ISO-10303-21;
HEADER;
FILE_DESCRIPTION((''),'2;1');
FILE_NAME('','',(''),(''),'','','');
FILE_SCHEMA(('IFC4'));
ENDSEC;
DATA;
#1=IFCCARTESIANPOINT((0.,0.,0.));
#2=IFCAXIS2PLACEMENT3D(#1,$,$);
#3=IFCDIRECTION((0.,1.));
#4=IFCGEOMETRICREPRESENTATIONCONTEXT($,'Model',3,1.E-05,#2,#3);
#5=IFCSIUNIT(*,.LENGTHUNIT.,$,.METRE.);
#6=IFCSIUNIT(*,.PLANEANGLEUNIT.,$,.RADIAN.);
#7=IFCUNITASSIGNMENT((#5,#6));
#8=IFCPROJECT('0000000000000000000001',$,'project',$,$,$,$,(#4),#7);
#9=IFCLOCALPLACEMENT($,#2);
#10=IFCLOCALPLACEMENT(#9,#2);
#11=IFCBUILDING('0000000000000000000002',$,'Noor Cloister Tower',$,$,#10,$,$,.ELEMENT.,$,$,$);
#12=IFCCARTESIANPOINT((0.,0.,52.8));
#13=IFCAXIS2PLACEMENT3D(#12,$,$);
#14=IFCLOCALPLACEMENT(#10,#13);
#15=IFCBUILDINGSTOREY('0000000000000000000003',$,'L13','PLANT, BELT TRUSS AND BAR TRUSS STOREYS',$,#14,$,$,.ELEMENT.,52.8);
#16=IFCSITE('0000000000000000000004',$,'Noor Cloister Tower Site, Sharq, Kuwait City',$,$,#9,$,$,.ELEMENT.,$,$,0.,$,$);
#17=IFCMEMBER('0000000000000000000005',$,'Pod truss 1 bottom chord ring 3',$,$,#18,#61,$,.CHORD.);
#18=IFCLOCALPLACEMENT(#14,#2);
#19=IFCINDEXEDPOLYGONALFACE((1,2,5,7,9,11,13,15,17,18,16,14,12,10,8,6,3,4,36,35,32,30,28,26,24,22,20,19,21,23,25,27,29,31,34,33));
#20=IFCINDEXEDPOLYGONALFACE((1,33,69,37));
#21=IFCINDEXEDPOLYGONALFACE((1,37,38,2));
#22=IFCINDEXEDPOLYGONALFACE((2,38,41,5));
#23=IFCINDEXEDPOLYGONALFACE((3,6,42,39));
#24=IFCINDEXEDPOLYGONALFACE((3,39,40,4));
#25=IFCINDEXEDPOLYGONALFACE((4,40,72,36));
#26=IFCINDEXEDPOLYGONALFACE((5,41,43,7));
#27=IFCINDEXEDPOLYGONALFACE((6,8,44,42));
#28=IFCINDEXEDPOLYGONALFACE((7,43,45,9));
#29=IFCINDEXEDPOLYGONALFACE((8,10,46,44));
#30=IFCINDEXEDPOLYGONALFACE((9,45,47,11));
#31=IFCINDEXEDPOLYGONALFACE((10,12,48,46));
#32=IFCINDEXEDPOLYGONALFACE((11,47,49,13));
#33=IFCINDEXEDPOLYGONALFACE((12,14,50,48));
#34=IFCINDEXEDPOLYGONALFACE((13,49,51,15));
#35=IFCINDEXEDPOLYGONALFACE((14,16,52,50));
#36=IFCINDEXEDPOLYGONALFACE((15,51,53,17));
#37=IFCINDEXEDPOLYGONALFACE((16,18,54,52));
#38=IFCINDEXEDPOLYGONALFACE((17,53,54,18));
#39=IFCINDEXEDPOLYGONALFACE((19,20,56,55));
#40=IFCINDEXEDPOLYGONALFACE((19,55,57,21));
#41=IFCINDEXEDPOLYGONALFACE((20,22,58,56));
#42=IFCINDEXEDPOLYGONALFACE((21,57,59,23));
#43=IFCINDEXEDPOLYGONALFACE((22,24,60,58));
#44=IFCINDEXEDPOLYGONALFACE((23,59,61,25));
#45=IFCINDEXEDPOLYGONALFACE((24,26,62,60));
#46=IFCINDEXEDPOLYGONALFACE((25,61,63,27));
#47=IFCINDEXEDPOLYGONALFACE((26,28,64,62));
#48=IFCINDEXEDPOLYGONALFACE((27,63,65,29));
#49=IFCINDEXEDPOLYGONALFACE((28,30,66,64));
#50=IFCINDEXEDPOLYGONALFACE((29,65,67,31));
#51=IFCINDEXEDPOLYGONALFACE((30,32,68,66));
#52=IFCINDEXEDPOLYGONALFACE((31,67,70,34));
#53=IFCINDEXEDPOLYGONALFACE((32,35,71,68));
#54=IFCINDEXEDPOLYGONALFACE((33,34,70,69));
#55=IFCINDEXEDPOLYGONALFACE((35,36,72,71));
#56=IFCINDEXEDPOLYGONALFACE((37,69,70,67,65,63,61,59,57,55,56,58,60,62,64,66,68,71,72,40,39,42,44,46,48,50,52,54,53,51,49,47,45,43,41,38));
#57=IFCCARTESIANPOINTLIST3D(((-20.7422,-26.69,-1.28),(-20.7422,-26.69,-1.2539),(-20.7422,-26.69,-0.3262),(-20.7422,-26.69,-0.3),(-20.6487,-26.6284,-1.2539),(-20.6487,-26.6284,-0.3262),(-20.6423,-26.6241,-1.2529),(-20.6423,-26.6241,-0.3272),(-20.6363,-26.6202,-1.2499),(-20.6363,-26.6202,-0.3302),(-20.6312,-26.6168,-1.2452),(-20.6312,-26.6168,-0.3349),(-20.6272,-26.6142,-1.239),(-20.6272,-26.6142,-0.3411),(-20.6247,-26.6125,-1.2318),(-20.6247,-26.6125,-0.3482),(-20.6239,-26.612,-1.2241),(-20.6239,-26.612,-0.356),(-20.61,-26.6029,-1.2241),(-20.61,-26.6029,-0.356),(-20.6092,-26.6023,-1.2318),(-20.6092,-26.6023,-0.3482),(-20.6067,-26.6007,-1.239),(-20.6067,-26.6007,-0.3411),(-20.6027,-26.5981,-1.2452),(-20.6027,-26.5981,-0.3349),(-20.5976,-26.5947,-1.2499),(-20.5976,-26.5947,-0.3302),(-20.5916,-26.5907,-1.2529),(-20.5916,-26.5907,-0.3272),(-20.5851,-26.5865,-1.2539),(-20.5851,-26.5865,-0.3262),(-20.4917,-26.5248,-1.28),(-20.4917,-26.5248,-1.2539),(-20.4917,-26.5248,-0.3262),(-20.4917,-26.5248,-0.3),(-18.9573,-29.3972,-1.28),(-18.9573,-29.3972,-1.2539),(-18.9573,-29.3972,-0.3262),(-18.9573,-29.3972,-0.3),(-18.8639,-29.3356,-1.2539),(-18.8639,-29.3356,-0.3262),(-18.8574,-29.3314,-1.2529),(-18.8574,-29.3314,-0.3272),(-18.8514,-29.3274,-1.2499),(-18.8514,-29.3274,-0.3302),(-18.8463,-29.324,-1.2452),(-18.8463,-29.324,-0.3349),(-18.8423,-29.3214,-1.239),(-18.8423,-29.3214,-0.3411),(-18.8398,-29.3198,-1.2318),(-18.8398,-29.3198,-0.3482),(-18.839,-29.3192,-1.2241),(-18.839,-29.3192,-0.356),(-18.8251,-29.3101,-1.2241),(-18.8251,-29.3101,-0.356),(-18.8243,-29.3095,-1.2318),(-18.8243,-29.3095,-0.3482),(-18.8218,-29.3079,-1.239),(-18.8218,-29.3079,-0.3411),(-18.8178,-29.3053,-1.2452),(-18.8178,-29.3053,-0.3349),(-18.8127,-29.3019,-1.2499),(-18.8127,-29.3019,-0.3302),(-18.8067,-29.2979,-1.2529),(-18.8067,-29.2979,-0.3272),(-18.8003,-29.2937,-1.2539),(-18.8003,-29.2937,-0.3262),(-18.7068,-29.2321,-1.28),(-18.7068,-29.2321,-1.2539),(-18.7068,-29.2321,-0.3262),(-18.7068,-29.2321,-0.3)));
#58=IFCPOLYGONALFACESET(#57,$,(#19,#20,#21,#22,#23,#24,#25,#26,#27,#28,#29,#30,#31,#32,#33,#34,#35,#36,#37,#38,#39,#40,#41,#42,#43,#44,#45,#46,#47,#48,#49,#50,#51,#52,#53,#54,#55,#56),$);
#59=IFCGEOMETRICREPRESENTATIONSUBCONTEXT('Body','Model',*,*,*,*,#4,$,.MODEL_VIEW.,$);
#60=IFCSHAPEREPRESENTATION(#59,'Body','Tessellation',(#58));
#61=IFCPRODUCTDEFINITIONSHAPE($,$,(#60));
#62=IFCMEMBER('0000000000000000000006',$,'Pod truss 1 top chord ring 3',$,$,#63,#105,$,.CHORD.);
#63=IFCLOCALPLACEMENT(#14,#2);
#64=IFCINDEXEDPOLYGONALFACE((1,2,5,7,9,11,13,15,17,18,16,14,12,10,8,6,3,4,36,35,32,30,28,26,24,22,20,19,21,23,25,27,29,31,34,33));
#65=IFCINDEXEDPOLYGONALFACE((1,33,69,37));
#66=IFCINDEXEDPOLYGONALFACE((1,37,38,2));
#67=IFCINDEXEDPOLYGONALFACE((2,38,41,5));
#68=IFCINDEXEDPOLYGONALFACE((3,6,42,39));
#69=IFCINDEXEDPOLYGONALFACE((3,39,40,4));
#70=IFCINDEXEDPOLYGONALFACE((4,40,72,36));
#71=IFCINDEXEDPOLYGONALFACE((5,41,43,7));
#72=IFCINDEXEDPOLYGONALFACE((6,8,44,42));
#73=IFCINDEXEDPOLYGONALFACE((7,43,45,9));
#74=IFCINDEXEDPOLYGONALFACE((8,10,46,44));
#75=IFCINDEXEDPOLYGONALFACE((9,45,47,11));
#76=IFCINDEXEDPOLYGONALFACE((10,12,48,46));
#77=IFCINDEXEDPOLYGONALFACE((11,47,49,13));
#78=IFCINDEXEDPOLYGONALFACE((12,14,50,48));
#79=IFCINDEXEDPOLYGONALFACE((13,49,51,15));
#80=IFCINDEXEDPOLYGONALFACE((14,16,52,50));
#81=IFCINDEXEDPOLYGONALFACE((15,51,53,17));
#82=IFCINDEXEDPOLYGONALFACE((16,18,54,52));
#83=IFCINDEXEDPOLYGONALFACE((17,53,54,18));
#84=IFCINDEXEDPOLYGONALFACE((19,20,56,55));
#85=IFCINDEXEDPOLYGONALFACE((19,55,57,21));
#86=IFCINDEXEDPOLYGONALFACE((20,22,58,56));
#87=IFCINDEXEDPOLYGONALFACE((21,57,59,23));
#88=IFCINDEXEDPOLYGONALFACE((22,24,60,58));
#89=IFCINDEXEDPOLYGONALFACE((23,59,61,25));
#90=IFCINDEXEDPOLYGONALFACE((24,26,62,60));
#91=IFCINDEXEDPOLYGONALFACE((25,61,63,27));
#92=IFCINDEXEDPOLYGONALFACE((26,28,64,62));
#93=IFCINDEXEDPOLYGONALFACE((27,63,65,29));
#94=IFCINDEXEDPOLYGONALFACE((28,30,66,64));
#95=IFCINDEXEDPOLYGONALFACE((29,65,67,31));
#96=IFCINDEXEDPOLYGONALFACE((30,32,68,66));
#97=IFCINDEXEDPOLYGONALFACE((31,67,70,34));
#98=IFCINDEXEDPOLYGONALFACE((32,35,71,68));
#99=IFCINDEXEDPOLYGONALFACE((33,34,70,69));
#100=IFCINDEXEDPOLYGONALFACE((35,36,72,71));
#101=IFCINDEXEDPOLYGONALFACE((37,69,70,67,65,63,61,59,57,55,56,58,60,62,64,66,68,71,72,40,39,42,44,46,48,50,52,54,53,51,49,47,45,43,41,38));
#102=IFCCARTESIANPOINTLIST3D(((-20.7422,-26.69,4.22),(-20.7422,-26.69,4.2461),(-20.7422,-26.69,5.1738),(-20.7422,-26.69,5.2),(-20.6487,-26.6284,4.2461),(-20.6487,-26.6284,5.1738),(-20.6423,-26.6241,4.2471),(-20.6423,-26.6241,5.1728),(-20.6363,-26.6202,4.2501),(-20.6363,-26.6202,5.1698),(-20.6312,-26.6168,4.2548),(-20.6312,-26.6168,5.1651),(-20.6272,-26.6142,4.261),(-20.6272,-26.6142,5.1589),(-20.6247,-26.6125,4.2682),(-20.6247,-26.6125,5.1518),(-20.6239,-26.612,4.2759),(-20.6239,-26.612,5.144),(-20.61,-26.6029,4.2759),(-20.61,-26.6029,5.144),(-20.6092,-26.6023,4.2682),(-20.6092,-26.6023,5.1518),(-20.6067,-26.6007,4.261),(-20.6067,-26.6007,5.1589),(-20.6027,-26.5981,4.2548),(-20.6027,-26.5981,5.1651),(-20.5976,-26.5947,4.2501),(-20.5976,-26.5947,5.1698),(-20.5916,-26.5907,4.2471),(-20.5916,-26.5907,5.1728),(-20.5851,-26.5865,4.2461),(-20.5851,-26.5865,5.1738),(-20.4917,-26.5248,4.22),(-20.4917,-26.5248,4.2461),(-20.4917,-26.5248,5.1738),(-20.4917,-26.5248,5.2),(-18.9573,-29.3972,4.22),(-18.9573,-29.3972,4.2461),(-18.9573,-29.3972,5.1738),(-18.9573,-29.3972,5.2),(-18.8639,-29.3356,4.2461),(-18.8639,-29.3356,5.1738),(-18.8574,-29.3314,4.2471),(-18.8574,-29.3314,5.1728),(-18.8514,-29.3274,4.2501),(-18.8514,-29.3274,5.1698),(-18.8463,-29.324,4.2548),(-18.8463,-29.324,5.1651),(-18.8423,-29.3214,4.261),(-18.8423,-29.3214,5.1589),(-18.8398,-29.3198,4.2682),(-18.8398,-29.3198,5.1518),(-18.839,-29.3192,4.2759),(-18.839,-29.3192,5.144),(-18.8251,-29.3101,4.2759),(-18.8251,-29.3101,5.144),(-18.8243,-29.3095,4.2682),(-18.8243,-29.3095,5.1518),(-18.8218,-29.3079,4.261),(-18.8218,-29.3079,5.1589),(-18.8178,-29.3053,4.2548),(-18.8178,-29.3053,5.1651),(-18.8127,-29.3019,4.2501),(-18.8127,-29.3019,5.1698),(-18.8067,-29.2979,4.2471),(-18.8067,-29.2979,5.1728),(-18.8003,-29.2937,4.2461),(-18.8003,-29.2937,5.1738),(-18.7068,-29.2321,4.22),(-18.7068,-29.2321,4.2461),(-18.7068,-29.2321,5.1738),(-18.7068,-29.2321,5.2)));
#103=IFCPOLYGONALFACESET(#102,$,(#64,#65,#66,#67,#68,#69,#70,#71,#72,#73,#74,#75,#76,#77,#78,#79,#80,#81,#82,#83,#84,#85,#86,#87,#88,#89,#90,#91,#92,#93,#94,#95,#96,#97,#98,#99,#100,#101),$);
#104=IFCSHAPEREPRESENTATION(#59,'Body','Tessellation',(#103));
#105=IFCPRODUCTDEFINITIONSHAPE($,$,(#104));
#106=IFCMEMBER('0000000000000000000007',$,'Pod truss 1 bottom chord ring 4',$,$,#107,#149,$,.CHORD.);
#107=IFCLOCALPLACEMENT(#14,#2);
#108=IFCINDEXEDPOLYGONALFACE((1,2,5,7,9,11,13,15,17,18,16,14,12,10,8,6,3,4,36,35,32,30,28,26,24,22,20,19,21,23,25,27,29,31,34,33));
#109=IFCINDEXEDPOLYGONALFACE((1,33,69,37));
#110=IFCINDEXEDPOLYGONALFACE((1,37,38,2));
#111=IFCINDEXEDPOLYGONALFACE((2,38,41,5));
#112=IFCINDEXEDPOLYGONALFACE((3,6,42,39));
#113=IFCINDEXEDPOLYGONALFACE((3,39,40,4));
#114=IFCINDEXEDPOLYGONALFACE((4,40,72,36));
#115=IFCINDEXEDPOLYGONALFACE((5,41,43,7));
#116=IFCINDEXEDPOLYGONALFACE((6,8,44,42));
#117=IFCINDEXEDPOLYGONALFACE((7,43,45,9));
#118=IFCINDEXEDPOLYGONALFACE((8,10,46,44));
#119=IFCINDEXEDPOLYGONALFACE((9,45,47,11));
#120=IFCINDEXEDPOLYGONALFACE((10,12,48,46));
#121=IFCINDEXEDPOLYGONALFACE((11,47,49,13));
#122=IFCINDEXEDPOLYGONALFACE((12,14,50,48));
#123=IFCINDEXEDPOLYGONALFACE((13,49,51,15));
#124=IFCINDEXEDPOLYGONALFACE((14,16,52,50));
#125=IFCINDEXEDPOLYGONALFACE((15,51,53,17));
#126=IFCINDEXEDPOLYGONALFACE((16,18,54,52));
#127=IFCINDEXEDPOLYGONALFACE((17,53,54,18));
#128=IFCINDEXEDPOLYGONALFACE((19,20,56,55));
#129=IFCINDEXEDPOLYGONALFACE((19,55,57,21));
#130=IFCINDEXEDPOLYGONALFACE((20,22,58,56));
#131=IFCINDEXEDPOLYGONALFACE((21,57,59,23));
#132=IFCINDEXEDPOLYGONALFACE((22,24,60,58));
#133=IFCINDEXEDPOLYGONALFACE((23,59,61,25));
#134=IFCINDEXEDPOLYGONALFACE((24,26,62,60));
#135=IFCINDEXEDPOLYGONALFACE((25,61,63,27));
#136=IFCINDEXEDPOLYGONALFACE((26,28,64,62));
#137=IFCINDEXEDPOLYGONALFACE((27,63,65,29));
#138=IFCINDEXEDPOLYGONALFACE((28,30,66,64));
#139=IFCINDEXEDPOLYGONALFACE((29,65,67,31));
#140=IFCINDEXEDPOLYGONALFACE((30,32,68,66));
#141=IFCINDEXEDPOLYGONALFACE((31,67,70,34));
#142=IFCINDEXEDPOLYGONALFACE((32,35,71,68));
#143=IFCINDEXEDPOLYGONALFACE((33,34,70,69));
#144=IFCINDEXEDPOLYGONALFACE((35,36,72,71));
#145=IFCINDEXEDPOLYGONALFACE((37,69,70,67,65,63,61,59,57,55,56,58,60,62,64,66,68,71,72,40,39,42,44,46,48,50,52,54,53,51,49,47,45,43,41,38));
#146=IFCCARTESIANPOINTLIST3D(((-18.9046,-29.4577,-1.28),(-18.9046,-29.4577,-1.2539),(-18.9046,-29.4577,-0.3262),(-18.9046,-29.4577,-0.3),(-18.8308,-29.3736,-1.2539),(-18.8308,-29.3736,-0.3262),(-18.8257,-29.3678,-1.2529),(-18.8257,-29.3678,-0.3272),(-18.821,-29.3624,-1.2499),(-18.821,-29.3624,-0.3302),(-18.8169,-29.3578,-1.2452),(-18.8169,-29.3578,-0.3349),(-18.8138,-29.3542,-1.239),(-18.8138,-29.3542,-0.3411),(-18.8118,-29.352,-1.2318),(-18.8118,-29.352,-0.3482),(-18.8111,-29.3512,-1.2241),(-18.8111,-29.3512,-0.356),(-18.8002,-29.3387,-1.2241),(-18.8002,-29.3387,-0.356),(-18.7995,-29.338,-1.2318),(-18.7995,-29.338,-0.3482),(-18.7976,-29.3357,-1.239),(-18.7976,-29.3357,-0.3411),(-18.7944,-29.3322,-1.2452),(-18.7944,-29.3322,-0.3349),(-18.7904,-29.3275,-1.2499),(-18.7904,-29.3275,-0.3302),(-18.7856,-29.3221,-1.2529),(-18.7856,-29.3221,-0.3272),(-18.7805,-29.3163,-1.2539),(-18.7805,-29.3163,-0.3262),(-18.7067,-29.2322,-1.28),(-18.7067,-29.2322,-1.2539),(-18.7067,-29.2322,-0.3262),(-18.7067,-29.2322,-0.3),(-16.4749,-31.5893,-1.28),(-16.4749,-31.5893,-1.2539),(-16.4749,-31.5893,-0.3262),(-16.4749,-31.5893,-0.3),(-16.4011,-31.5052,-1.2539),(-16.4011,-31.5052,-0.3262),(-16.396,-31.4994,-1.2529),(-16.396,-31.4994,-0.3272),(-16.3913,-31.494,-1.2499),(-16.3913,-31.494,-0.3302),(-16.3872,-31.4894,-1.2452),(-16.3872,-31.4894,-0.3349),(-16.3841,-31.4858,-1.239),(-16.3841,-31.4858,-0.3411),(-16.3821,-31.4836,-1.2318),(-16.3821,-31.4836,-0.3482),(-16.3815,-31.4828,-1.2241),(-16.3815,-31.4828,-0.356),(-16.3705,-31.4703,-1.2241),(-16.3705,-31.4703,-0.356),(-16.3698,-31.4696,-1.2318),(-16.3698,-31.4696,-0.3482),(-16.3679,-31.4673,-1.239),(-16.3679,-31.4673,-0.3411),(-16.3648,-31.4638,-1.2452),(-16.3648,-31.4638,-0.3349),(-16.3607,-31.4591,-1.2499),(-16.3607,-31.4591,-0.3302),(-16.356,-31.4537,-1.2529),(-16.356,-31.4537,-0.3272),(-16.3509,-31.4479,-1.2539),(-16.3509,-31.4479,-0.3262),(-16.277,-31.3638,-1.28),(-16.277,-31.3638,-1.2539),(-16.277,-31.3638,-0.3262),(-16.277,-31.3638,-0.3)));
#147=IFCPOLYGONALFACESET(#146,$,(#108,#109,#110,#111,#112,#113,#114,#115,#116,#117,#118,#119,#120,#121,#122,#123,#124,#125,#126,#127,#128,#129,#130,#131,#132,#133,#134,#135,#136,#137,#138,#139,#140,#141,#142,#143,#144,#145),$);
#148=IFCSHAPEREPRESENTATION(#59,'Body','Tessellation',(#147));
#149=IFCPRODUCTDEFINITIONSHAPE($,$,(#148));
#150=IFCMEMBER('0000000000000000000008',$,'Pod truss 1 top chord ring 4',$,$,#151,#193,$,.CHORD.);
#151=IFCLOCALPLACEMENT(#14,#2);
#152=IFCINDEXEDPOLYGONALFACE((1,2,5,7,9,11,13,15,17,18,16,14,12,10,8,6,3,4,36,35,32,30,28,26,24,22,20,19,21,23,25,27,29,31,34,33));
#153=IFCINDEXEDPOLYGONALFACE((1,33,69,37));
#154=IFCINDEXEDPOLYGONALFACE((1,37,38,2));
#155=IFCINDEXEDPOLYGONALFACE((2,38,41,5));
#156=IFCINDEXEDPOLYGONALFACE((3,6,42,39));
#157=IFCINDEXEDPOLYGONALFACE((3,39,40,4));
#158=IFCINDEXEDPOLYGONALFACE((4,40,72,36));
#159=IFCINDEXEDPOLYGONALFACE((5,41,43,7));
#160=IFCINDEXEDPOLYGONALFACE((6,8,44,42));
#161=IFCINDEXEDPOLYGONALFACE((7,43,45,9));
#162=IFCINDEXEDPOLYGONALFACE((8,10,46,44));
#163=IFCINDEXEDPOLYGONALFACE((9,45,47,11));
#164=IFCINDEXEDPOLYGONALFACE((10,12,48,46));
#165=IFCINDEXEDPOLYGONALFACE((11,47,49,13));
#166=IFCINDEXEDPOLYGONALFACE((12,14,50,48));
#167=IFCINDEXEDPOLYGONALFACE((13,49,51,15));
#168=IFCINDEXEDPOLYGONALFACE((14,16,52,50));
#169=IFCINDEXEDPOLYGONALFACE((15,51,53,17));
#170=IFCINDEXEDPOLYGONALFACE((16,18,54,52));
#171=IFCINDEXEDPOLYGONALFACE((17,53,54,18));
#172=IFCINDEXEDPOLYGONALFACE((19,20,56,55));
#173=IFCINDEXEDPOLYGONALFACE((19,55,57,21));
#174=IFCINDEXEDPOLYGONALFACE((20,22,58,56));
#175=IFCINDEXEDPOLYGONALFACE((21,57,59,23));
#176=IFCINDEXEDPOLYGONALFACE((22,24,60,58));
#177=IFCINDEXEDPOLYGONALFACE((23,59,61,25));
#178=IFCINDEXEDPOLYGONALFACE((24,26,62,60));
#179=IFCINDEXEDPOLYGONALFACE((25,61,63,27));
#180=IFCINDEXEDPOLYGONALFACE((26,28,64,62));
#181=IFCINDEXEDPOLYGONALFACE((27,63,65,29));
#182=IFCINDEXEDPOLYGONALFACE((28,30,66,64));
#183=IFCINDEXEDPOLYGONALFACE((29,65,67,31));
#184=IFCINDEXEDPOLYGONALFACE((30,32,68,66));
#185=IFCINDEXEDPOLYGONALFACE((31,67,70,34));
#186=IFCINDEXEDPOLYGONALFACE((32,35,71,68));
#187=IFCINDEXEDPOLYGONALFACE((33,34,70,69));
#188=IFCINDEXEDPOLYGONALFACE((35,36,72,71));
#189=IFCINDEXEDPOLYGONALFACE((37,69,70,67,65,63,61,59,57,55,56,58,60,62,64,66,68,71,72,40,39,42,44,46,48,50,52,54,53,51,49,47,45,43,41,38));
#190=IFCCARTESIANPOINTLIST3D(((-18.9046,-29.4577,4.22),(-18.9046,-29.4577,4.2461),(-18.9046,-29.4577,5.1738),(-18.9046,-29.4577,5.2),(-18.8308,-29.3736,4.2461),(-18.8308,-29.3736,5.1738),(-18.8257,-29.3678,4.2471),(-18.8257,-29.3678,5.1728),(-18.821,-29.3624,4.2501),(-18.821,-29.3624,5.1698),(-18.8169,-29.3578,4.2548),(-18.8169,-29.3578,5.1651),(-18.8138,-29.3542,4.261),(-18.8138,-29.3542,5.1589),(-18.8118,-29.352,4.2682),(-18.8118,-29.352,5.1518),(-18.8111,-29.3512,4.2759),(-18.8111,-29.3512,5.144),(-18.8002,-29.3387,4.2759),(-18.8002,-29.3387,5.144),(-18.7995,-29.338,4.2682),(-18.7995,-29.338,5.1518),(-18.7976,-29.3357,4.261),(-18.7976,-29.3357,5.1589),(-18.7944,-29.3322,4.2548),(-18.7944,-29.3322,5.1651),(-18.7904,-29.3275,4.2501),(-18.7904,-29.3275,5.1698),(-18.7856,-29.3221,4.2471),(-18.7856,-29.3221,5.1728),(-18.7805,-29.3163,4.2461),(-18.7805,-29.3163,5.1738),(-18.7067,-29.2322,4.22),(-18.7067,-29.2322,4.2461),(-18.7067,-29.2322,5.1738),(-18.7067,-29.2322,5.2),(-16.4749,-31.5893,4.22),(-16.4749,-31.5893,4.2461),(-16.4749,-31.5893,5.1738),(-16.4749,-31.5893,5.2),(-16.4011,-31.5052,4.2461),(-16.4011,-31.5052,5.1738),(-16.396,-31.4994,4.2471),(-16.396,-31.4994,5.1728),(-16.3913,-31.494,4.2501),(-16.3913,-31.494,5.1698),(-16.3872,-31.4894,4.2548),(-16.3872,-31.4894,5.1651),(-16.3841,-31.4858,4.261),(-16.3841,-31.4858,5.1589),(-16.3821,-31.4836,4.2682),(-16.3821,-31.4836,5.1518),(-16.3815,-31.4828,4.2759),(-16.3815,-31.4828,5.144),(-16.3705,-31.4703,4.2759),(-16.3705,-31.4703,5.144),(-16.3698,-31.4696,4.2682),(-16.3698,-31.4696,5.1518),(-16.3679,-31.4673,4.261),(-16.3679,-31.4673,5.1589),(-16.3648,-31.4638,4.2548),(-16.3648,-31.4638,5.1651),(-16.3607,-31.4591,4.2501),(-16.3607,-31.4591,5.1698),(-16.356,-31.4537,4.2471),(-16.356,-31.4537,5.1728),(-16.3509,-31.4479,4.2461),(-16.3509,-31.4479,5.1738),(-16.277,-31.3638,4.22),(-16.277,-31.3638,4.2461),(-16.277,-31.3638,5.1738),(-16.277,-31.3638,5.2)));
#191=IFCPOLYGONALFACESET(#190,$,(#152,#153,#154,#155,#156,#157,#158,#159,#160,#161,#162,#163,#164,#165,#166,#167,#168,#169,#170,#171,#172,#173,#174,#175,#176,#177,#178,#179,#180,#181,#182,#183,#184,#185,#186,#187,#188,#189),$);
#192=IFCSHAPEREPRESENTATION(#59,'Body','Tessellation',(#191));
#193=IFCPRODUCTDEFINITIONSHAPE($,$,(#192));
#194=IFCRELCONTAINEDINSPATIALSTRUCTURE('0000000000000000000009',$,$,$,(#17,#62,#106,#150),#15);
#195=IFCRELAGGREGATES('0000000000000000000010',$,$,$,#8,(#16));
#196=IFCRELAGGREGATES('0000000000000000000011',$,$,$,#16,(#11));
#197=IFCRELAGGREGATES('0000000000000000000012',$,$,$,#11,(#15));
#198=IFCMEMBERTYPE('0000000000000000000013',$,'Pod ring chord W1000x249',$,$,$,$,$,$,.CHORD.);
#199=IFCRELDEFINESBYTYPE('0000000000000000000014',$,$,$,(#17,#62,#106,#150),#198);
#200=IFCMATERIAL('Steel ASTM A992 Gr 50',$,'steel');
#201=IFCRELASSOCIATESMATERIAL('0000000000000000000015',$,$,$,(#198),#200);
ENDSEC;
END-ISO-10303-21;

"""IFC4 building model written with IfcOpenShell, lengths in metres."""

from ifc_helpers import new_model, si_unit, direction, frame, origin, origin_2d, place, context, subcontext, project, spatial, i_section, extrude, material, material_profile, profile_set, type_object, element, save


model = new_model("IFC4")

# Units and contexts
model_context = context("Model", 3, precision=1e-05, world=origin(), true_north=direction((0.0, 1.0)))
body_context = subcontext(model_context, "Body", "Model", "MODEL_VIEW")
ifc_project = project(units=[si_unit("LENGTHUNIT", "METRE"), si_unit("PLANEANGLEUNIT", "RADIAN")], contexts=[model_context])

# Site, building, storey
site_placement = place(None, origin())
site = spatial("IfcSite", under=ifc_project, at=site_placement, Name="Noor Cloister Tower Site, Sharq, Kuwait City", CompositionType="ELEMENT", RefElevation=0.0)
building_placement = place(site_placement, origin())
building = spatial("IfcBuilding", under=site, at=building_placement, Name="Noor Cloister Tower", CompositionType="ELEMENT")
storey_placement = place(building_placement, frame((0.0, 0.0, 52.8)))
storey = spatial("IfcBuildingStorey", under=building, at=storey_placement, Name="L13", Description="PLANT, BELT TRUSS AND BAR TRUSS STOREYS", CompositionType="ELEMENT", Elevation=52.8)

# Members
ifc_material_1 = material(Name="Steel ASTM A992 Gr 50", Category="steel")
ifc_material_profile_1 = material_profile(ifc_material_1, i_section(OverallWidth=0.3, OverallDepth=0.98, WebThickness=0.0166, FlangeThickness=0.0261, FilletRadius=0.0298, at=origin_2d()), Name="W1000x249")
ifc_profile_set_1 = profile_set([ifc_material_profile_1], Name="Steel ASTM A992 Gr 50")
member_type_1 = type_object("IfcMemberType", Name="Pod ring chord W1000x249", PredefinedType="CHORD", material=ifc_profile_set_1)
for number, where, z_axis, x_axis, name in (
    (1, (-20.6169, -26.6074, -0.79), (0.550436, -0.834877, 0.0), (0.834877, 0.550436, 0.0), "Pod truss 1 bottom chord ring 3"),
    (2, (-20.6169, -26.6074, 4.71), (0.550436, -0.834877, 0.0), (0.834877, 0.550436, 0.0), "Pod truss 1 top chord ring 3"),
):
    element("IfcMember", number, at=place(storey_placement, frame(where, z_axis=z_axis, x_axis=x_axis)), inside=storey, type_object=member_type_1, Name=name, PredefinedType="CHORD", context=body_context, shape_type="SweptSolid", body=[
        extrude(i_section(OverallWidth=0.3, OverallDepth=0.98, WebThickness=0.0166, FlangeThickness=0.0261, FilletRadius=0.0298, at=origin_2d()), origin(), (0.0, 0.0, 1.0), 3.2427),
    ])
for number, where, z_axis, x_axis, name in (
    (3, (-18.8057, -29.345, -0.79), (0.751715, -0.659488, 0.0), (0.659488, 0.751715, 0.0), "Pod truss 1 bottom chord ring 4"),
    (4, (-18.8057, -29.345, 4.71), (0.751715, -0.659488, 0.0), (0.659488, 0.751715, 0.0), "Pod truss 1 top chord ring 4"),
):
    element("IfcMember", number, at=place(storey_placement, frame(where, z_axis=z_axis, x_axis=x_axis)), inside=storey, type_object=member_type_1, Name=name, PredefinedType="CHORD", context=body_context, shape_type="SweptSolid", body=[
        extrude(i_section(OverallWidth=0.3, OverallDepth=0.98, WebThickness=0.0166, FlangeThickness=0.0261, FilletRadius=0.0298, at=origin_2d()), origin(), (0.0, 0.0, 1.0), 3.2322),
    ])

save(model, "model.ifc")
